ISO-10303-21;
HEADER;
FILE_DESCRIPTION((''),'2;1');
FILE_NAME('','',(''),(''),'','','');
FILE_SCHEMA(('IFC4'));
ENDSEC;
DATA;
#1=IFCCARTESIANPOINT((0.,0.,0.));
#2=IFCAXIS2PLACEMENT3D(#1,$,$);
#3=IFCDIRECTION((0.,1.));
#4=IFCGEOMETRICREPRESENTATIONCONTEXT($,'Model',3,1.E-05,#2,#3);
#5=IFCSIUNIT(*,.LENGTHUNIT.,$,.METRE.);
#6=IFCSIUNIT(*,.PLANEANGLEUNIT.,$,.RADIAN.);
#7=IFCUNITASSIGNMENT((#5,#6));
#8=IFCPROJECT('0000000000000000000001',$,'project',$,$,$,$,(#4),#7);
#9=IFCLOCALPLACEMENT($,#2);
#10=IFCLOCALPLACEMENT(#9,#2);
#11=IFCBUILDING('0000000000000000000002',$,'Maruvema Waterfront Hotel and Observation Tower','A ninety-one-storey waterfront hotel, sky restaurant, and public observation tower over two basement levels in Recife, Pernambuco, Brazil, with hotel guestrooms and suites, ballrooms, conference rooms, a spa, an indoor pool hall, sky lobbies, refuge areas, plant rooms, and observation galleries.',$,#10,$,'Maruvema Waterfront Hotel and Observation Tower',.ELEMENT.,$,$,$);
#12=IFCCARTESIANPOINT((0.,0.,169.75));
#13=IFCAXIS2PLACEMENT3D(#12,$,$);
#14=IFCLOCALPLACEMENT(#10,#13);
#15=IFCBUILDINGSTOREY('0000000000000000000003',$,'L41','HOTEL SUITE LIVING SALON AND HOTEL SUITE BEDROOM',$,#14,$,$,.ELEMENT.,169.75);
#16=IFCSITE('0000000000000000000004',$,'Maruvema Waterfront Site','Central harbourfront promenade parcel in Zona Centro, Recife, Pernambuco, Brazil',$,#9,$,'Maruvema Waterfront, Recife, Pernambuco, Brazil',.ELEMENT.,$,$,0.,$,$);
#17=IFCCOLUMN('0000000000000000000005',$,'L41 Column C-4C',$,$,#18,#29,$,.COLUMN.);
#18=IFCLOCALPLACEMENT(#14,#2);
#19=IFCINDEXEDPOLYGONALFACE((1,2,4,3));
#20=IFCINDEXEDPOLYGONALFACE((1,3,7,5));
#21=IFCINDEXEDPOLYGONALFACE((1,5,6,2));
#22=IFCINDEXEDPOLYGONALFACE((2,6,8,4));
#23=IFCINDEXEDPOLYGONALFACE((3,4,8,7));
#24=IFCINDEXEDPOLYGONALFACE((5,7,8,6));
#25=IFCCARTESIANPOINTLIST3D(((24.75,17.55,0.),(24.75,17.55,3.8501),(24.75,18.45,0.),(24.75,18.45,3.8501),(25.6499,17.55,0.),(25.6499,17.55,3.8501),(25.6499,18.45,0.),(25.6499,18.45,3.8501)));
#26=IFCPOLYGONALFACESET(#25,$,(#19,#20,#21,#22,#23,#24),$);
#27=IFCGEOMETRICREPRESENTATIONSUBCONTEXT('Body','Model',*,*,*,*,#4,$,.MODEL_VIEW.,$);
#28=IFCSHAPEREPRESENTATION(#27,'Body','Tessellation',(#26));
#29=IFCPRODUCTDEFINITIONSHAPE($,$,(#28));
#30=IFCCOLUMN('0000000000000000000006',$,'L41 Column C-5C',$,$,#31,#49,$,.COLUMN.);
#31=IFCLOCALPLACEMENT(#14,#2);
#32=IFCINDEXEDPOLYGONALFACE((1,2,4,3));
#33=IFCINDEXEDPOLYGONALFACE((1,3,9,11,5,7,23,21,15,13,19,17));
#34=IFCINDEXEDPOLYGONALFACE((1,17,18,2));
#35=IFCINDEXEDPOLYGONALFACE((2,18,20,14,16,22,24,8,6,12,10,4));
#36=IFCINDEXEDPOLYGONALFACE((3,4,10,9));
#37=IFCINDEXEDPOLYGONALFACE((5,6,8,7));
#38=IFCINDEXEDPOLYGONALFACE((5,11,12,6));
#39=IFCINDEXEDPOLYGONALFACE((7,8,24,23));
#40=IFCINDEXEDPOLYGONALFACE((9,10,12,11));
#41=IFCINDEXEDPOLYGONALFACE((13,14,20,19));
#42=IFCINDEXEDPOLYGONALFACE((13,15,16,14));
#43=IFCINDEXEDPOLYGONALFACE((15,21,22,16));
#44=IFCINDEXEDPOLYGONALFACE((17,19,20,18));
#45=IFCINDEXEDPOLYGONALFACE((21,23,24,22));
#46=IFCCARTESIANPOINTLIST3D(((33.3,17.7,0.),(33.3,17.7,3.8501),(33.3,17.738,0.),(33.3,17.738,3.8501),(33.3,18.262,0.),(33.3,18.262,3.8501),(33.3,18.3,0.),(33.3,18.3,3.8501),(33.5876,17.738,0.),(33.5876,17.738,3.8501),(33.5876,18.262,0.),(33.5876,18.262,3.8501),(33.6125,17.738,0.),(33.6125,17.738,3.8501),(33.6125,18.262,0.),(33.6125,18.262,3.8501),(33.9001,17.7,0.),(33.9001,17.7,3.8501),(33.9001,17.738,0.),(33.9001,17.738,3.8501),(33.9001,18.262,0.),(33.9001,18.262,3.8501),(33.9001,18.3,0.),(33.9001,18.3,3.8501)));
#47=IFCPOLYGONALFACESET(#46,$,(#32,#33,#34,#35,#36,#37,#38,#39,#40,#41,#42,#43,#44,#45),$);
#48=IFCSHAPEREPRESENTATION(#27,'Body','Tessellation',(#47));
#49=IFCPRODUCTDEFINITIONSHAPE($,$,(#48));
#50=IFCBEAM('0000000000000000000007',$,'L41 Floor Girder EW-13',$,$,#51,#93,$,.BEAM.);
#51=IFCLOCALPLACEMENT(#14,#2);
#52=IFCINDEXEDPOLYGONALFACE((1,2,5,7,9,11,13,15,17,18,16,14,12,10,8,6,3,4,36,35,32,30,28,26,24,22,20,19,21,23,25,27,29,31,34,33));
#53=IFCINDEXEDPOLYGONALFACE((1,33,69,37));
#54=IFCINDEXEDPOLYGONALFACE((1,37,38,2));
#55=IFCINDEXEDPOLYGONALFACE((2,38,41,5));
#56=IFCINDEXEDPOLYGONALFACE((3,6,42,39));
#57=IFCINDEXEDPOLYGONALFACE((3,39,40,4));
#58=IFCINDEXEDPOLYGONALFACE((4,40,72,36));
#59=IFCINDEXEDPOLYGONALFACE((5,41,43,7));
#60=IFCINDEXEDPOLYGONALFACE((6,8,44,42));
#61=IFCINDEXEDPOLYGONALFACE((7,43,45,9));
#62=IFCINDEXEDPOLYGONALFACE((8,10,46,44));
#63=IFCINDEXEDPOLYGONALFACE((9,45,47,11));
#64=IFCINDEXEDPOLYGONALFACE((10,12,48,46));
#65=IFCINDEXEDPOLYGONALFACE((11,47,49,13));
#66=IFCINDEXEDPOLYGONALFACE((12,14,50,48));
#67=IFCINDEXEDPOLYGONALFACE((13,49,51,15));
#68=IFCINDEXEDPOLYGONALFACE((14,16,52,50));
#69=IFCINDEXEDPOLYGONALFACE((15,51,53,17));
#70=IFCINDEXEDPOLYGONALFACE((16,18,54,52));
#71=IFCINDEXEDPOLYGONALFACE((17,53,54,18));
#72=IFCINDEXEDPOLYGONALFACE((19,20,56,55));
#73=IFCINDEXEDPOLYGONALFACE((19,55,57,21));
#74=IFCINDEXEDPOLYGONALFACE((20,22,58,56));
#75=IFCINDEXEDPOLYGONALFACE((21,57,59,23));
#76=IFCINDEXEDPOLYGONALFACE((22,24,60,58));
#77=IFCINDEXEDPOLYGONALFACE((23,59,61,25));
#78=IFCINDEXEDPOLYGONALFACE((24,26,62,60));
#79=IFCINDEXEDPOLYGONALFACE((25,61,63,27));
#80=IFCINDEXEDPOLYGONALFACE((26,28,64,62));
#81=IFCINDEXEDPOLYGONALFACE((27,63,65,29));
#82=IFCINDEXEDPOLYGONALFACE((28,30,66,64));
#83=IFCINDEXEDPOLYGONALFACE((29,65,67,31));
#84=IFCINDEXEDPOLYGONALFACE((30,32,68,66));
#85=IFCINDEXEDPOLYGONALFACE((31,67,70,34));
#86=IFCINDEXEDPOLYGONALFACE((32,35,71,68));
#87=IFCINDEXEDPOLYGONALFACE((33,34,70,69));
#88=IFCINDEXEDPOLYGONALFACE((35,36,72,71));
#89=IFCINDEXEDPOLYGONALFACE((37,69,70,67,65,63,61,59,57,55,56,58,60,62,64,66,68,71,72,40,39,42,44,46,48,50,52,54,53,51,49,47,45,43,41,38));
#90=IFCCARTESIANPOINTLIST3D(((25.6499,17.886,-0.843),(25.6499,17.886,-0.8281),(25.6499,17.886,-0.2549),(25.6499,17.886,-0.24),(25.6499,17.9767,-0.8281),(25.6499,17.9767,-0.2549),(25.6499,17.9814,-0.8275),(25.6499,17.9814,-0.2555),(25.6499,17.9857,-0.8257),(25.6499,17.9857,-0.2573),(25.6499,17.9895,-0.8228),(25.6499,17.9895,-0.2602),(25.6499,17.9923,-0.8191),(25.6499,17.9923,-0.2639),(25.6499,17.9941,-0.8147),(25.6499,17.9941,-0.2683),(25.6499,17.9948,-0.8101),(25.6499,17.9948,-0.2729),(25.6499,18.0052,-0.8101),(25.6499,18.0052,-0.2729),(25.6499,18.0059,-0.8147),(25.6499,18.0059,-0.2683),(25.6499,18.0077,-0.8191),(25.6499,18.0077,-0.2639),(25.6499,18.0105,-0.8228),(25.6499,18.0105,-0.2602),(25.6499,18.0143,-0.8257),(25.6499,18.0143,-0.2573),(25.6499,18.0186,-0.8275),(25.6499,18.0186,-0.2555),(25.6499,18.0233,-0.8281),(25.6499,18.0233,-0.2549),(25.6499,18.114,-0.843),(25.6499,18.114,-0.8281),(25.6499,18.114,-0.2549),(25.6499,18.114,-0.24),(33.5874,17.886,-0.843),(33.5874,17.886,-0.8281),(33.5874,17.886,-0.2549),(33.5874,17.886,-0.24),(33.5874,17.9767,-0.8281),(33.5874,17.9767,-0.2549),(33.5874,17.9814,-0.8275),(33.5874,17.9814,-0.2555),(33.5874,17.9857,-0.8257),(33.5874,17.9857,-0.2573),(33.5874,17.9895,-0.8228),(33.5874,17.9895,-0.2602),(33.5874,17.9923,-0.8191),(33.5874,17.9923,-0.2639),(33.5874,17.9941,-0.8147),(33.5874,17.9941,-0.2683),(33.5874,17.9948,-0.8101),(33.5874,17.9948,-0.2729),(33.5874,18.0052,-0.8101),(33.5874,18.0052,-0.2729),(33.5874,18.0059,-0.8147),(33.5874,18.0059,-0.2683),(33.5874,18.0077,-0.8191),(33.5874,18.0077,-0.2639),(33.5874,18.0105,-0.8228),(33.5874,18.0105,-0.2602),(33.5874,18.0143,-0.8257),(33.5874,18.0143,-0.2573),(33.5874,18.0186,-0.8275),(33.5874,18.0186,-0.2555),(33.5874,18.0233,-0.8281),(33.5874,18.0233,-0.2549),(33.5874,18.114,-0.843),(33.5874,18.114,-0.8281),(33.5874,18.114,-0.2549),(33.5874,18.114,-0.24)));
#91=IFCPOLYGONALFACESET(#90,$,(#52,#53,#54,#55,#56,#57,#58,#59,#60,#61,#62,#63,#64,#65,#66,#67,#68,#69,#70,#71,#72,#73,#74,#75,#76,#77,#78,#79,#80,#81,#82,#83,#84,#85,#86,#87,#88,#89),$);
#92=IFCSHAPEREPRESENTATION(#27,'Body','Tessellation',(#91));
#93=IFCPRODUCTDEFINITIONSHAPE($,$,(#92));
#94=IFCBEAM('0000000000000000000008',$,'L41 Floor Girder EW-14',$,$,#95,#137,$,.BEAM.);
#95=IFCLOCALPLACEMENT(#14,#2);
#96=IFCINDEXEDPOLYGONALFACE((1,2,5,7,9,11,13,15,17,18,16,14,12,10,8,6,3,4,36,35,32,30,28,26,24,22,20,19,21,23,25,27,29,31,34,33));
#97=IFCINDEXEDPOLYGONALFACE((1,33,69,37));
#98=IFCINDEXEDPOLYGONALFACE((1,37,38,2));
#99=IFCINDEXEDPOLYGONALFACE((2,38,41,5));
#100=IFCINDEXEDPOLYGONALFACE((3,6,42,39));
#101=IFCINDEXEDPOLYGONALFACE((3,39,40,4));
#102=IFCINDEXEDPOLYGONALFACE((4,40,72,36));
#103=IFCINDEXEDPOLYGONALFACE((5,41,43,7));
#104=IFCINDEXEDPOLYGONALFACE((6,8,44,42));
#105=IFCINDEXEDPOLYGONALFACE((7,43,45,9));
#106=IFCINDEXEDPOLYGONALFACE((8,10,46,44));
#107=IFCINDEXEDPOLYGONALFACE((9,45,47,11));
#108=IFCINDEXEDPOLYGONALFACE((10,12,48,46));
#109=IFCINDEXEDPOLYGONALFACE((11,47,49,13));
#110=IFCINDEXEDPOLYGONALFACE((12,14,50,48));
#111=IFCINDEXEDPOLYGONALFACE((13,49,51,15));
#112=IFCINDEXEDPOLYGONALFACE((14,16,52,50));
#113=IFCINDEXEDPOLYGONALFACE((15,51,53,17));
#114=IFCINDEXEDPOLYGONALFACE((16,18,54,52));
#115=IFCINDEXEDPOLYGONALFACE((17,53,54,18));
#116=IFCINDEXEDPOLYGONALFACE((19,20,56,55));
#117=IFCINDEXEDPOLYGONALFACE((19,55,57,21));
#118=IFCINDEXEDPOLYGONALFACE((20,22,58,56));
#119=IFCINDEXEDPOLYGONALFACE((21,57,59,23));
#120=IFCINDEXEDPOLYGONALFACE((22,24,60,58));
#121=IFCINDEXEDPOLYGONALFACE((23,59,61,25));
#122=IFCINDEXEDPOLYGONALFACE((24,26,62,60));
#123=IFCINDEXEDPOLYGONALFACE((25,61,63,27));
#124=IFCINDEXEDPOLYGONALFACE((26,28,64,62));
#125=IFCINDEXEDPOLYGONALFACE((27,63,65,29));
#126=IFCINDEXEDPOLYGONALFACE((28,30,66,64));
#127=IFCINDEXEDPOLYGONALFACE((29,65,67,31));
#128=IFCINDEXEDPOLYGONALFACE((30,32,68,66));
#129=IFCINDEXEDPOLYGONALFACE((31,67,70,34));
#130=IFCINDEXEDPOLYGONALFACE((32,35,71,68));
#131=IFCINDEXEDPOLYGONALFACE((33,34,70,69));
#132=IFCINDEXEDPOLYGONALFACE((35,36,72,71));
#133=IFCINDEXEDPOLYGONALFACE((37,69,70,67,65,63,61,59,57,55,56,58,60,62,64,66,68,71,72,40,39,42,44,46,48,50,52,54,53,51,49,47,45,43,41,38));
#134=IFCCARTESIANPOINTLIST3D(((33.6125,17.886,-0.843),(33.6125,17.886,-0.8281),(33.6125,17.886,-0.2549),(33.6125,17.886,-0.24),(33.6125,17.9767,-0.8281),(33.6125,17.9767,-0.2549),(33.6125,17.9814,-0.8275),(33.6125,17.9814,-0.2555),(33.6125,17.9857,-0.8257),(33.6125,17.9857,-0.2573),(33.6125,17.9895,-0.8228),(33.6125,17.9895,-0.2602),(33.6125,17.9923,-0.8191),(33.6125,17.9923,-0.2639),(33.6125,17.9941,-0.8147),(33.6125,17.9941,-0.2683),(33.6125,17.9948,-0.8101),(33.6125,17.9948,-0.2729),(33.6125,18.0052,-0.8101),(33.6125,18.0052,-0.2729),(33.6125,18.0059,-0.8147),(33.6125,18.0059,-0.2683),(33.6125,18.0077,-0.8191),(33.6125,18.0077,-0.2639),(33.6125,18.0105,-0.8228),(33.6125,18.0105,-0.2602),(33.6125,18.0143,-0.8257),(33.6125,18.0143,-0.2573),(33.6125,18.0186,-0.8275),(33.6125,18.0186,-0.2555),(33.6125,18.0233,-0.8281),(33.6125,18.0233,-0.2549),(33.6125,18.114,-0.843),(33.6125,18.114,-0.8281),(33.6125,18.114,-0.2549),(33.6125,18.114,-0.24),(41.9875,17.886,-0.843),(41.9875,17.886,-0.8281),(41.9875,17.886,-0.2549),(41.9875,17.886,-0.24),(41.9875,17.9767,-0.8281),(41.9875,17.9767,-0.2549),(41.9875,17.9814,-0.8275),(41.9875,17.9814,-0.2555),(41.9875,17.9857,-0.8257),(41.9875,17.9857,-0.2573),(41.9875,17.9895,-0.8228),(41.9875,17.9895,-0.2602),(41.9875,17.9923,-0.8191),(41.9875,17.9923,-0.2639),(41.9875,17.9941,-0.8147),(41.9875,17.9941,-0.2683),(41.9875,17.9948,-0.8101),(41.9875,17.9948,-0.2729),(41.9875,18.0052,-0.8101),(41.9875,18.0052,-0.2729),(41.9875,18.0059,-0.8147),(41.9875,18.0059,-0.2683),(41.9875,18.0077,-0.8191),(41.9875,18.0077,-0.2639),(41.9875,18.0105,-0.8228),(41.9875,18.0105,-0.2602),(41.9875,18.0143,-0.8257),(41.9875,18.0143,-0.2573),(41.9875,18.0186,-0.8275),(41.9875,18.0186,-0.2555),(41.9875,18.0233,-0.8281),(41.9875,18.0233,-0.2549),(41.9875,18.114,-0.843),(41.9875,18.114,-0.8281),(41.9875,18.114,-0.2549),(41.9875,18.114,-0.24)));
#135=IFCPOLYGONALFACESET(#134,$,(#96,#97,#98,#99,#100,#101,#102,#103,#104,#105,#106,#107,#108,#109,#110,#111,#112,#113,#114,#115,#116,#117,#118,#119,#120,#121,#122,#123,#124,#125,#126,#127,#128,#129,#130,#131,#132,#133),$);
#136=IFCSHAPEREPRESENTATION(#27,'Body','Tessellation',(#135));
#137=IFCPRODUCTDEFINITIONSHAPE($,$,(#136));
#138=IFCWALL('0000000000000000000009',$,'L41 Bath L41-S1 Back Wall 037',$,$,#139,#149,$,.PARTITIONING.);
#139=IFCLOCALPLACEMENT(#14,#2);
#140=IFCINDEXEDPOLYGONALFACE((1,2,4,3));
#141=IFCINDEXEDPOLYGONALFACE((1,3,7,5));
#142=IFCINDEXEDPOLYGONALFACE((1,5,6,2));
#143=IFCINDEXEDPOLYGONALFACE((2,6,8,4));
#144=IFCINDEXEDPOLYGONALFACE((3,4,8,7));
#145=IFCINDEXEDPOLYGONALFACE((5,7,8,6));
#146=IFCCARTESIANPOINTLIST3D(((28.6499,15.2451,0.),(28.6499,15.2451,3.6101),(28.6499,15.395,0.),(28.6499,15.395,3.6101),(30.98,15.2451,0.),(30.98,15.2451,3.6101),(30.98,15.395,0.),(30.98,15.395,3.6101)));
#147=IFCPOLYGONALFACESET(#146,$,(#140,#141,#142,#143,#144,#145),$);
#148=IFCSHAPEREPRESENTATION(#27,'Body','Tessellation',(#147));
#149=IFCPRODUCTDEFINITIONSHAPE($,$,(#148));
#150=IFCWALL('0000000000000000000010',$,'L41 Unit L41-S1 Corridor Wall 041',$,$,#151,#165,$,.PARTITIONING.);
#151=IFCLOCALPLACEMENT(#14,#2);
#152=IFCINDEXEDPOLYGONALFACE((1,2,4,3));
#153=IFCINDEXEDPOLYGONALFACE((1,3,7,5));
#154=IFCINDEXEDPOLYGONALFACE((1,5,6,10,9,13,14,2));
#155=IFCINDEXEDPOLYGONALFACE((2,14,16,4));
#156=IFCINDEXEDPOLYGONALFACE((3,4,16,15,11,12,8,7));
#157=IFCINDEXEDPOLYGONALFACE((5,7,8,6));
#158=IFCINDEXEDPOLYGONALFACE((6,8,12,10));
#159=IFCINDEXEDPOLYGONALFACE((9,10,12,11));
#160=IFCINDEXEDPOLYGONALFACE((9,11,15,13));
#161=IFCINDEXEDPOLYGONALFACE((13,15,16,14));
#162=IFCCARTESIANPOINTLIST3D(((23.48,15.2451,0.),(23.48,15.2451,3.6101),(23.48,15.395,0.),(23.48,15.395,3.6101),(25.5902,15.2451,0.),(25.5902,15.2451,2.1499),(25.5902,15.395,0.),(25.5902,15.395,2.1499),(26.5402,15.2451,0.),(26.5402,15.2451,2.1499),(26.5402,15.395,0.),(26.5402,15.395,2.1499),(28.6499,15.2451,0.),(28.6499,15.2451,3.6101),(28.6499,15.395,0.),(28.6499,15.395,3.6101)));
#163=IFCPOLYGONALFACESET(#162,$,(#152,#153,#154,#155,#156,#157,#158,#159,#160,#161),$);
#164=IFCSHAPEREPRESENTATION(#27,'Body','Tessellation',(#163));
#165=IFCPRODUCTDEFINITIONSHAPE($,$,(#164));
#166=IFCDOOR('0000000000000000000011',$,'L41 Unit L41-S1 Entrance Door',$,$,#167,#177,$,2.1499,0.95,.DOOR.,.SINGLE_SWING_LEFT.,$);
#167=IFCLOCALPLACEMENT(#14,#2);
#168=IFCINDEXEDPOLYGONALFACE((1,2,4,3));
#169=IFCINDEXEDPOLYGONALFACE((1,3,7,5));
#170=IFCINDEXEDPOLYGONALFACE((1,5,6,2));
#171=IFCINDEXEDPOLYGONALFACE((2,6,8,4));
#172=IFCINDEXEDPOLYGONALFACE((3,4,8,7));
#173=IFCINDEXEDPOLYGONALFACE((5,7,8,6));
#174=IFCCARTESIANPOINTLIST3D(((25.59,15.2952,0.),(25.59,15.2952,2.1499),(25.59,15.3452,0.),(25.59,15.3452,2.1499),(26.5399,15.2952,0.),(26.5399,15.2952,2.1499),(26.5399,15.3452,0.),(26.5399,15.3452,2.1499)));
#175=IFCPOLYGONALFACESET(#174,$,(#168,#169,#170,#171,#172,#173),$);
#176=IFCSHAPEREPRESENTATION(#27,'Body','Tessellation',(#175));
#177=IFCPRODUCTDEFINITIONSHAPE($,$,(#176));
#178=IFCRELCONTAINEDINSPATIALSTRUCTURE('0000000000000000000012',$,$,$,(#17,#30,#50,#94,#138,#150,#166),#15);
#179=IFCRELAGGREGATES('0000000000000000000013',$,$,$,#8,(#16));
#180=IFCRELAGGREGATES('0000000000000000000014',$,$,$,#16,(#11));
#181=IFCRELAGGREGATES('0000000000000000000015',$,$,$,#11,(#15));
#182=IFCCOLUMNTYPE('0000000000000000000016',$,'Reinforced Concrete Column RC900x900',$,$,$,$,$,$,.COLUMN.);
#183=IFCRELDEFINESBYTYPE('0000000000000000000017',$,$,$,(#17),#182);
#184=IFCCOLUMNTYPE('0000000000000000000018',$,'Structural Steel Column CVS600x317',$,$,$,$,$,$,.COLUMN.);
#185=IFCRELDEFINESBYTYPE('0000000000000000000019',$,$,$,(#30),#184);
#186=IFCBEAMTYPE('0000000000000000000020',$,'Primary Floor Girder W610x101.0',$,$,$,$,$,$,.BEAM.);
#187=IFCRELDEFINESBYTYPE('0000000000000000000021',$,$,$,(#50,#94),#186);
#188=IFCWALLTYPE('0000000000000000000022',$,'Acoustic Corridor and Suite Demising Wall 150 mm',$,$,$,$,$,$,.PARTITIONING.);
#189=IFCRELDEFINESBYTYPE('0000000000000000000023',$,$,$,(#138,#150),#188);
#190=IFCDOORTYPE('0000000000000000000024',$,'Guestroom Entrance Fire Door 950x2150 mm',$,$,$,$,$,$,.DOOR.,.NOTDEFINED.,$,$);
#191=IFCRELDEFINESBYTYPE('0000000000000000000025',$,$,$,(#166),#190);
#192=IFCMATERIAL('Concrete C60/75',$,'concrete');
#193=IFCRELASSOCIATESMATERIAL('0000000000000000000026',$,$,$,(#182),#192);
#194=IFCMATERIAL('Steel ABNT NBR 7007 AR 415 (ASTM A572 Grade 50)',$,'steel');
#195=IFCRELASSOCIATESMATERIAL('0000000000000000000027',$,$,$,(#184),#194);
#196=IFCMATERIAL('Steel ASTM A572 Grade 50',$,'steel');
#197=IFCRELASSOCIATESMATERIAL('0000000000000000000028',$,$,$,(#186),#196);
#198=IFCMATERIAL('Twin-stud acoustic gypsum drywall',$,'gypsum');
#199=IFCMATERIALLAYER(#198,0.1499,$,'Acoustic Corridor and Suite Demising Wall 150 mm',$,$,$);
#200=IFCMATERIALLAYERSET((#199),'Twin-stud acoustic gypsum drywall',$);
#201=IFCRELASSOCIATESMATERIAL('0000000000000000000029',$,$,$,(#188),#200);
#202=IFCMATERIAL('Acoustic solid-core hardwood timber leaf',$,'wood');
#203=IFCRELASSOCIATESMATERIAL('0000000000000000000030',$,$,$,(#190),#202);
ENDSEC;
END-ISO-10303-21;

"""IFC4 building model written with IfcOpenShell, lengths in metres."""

from ifc_helpers import new_model, si_unit, direction, frame, frame_2d, origin, origin_2d, place, context, subcontext, project, spatial, rectangle, i_section, extrude, material, layer, layer_set, material_profile, profile_set, type_object, element, fill, save


model = new_model("IFC4")

# Units and contexts
model_context = context("Model", 3, precision=1e-05, world=origin(), true_north=direction((0.0, 1.0)))
body_context = subcontext(model_context, "Body", "Model", "MODEL_VIEW")
ifc_project = project(units=[si_unit("LENGTHUNIT", "METRE"), si_unit("PLANEANGLEUNIT", "RADIAN")], contexts=[model_context])

# Site, building, storey
site_placement = place(None, origin())
site = spatial("IfcSite", under=ifc_project, at=site_placement, Name="Maruvema Waterfront Site", Description="Central harbourfront promenade parcel in Zona Centro, Recife, Pernambuco, Brazil", LongName="Maruvema Waterfront, Recife, Pernambuco, Brazil", CompositionType="ELEMENT", RefElevation=0.0)
building_placement = place(site_placement, origin())
building = spatial("IfcBuilding", under=site, at=building_placement, Name="Maruvema Waterfront Hotel and Observation Tower", Description="A ninety-one-storey waterfront hotel, sky restaurant, and public observation tower over two basement levels in Recife, Pernambuco, Brazil, with hotel guestrooms and suites, ballrooms, conference rooms, a spa, an indoor pool hall, sky lobbies, refuge areas, plant rooms, and observation galleries.", LongName="Maruvema Waterfront Hotel and Observation Tower", CompositionType="ELEMENT")
storey_placement = place(building_placement, frame((0.0, 0.0, 169.75)))
storey = spatial("IfcBuildingStorey", under=building, at=storey_placement, Name="L41", Description="HOTEL SUITE LIVING SALON AND HOTEL SUITE BEDROOM", CompositionType="ELEMENT", Elevation=169.75)

# Columns
ifc_material_1 = material(Name="Concrete C60/75", Category="concrete")
ifc_material_profile_1 = material_profile(ifc_material_1, rectangle(XDim=0.8999, YDim=0.8999, at=origin_2d()), Name="RC900x900")
ifc_profile_set_1 = profile_set([ifc_material_profile_1], Name="Concrete C60/75")
column_type_1 = type_object("IfcColumnType", Name="Reinforced Concrete Column RC900x900", PredefinedType="COLUMN", material=ifc_profile_set_1)
column_1_placement = place(storey_placement, frame((25.2, 18.0, 0.0), z_axis=(0.0, 0.0, 1.0), x_axis=(1.0, 0.0, 0.0)))
element("IfcColumn", 1, at=column_1_placement, inside=storey, type_object=column_type_1, Name="L41 Column C-4C", PredefinedType="COLUMN", context=body_context, shape_type="SweptSolid", body=[
    extrude(rectangle(XDim=0.8999, YDim=0.8999, at=origin_2d()), origin(), (0.0, 0.0, 1.0), 3.8501),
])
ifc_material_2 = material(Name="Steel ABNT NBR 7007 AR 415 (ASTM A572 Grade 50)", Category="steel")
ifc_material_profile_2 = material_profile(ifc_material_2, i_section(OverallWidth=0.6001, OverallDepth=0.6001, WebThickness=0.0249, FlangeThickness=0.0381, at=origin_2d()), Name="CVS600x317")
ifc_profile_set_2 = profile_set([ifc_material_profile_2], Name="Steel ABNT NBR 7007 AR 415 (ASTM A572 Grade 50)")
column_type_2 = type_object("IfcColumnType", Name="Structural Steel Column CVS600x317", PredefinedType="COLUMN", material=ifc_profile_set_2)
column_2_placement = place(storey_placement, frame((33.6001, 18.0, 0.0), z_axis=(0.0, 0.0, 1.0), x_axis=(1.0, 0.0, 0.0)))
element("IfcColumn", 2, at=column_2_placement, inside=storey, type_object=column_type_2, Name="L41 Column C-5C", PredefinedType="COLUMN", context=body_context, shape_type="SweptSolid", body=[
    extrude(i_section(OverallWidth=0.6001, OverallDepth=0.6001, WebThickness=0.0249, FlangeThickness=0.0381, at=origin_2d()), origin(), (0.0, 0.0, 1.0), 3.8501),
])

# Beams
ifc_material_3 = material(Name="Steel ASTM A572 Grade 50", Category="steel")
ifc_material_profile_3 = material_profile(ifc_material_3, i_section(OverallWidth=0.228, OverallDepth=0.603, WebThickness=0.0105, FlangeThickness=0.0149, FilletRadius=0.0181, at=origin_2d()), Name="W610x101.0")
ifc_profile_set_3 = profile_set([ifc_material_profile_3], Name="Steel ASTM A572 Grade 50")
beam_type = type_object("IfcBeamType", Name="Primary Floor Girder W610x101.0", PredefinedType="BEAM", material=ifc_profile_set_3)
beam_1_placement = place(storey_placement, frame((25.6499, 18.0, -0.5415), z_axis=(1.0, 0.0, 0.0), x_axis=(0.0, 1.0, 0.0)))
element("IfcBeam", 3, at=beam_1_placement, inside=storey, type_object=beam_type, Name="L41 Floor Girder EW-13", PredefinedType="BEAM", context=body_context, shape_type="SweptSolid", body=[
    extrude(i_section(OverallWidth=0.228, OverallDepth=0.603, WebThickness=0.0105, FlangeThickness=0.0149, FilletRadius=0.0181, at=origin_2d()), origin(), (0.0, 0.0, 1.0), 7.9375),
])
beam_2_placement = place(storey_placement, frame((33.6125, 18.0, -0.5415), z_axis=(1.0, 0.0, 0.0), x_axis=(0.0, 1.0, 0.0)))
element("IfcBeam", 4, at=beam_2_placement, inside=storey, type_object=beam_type, Name="L41 Floor Girder EW-14", PredefinedType="BEAM", context=body_context, shape_type="SweptSolid", body=[
    extrude(i_section(OverallWidth=0.228, OverallDepth=0.603, WebThickness=0.0105, FlangeThickness=0.0149, FilletRadius=0.0181, at=origin_2d()), origin(), (0.0, 0.0, 1.0), 8.375),
])

# Wall
ifc_material_4 = material(Name="Twin-stud acoustic gypsum drywall", Category="gypsum")
ifc_layer_1 = layer(ifc_material_4, 0.1499, Name="Acoustic Corridor and Suite Demising Wall 150 mm")
ifc_layer_set_1 = layer_set([ifc_layer_1], Name="Twin-stud acoustic gypsum drywall")
wall_type_1 = type_object("IfcWallType", Name="Acoustic Corridor and Suite Demising Wall 150 mm", PredefinedType="PARTITIONING", material=ifc_layer_set_1)
wall_1_placement = place(storey_placement, frame((28.6499, 15.3201, 0.0), z_axis=(0.0, 0.0, 1.0), x_axis=(1.0, 0.0, 0.0)))
element("IfcWall", 5, at=wall_1_placement, inside=storey, type_object=wall_type_1, Name="L41 Bath L41-S1 Back Wall 037", PredefinedType="PARTITIONING", context=body_context, shape_type="SweptSolid", body=[
    extrude(rectangle(XDim=2.3301, YDim=0.1499, at=frame_2d((1.165, 0.0))), origin(), (0.0, 0.0, 1.0), 3.6101),
])

# Wall, opening, door
wall_2_placement = place(storey_placement, frame((23.48, 15.3201, 0.0), z_axis=(0.0, 0.0, 1.0), x_axis=(1.0, 0.0, 0.0)))
wall_2 = element("IfcWall", 6, at=wall_2_placement, inside=storey, type_object=wall_type_1, Name="L41 Unit L41-S1 Corridor Wall 041", PredefinedType="PARTITIONING", context=body_context, shape_type="SweptSolid", body=[
    extrude(rectangle(XDim=5.1699, YDim=0.1499, at=frame_2d((2.585, 0.0))), origin(), (0.0, 0.0, 1.0), 3.6101),
])
opening_1_placement = place(wall_2_placement, frame((2.1101, 0.0, 0.0)))
opening_1 = element("IfcOpeningElement", 7, at=opening_1_placement, cuts=wall_2, PredefinedType="OPENING", context=body_context, shape_type="SweptSolid", body=[
    extrude(rectangle(XDim=0.95, YDim=2.1499, at=frame_2d((0.4751, 1.075))), frame((0.0, 0.085, 0.0), z_axis=(0.0, -1.0, 0.0), x_axis=(1.0, 0.0, 0.0)), (0.0, 0.0, 1.0), 0.1699),
])
ifc_material_5 = material(Name="Acoustic solid-core hardwood timber leaf", Category="wood")
door_type_1 = type_object("IfcDoorType", Name="Guestroom Entrance Fire Door 950x2150 mm", OperationType="NOTDEFINED", PredefinedType="DOOR", material=ifc_material_5)
door_1_placement = place(opening_1_placement, frame((0.95, 0.0, 0.0), z_axis=(0.0, 0.0, 1.0), x_axis=(-1.0, 0.0, 0.0)))
door_1 = element("IfcDoor", 8, at=door_1_placement, inside=storey, type_object=door_type_1, Name="L41 Unit L41-S1 Entrance Door", OperationType="SINGLE_SWING_LEFT", OverallHeight=2.1499, OverallWidth=0.95, PredefinedType="DOOR", context=body_context, shape_type="SweptSolid", body=[
    extrude(rectangle(XDim=0.95, YDim=2.1499, at=frame_2d((0.4751, 1.075))), frame((0.0, 0.0249, 0.0), z_axis=(0.0, -1.0, 0.0), x_axis=(1.0, 0.0, 0.0)), (0.0, 0.0, 1.0), 0.05),
])
fill(opening_1, door_1)

save(model, "model.ifc")
